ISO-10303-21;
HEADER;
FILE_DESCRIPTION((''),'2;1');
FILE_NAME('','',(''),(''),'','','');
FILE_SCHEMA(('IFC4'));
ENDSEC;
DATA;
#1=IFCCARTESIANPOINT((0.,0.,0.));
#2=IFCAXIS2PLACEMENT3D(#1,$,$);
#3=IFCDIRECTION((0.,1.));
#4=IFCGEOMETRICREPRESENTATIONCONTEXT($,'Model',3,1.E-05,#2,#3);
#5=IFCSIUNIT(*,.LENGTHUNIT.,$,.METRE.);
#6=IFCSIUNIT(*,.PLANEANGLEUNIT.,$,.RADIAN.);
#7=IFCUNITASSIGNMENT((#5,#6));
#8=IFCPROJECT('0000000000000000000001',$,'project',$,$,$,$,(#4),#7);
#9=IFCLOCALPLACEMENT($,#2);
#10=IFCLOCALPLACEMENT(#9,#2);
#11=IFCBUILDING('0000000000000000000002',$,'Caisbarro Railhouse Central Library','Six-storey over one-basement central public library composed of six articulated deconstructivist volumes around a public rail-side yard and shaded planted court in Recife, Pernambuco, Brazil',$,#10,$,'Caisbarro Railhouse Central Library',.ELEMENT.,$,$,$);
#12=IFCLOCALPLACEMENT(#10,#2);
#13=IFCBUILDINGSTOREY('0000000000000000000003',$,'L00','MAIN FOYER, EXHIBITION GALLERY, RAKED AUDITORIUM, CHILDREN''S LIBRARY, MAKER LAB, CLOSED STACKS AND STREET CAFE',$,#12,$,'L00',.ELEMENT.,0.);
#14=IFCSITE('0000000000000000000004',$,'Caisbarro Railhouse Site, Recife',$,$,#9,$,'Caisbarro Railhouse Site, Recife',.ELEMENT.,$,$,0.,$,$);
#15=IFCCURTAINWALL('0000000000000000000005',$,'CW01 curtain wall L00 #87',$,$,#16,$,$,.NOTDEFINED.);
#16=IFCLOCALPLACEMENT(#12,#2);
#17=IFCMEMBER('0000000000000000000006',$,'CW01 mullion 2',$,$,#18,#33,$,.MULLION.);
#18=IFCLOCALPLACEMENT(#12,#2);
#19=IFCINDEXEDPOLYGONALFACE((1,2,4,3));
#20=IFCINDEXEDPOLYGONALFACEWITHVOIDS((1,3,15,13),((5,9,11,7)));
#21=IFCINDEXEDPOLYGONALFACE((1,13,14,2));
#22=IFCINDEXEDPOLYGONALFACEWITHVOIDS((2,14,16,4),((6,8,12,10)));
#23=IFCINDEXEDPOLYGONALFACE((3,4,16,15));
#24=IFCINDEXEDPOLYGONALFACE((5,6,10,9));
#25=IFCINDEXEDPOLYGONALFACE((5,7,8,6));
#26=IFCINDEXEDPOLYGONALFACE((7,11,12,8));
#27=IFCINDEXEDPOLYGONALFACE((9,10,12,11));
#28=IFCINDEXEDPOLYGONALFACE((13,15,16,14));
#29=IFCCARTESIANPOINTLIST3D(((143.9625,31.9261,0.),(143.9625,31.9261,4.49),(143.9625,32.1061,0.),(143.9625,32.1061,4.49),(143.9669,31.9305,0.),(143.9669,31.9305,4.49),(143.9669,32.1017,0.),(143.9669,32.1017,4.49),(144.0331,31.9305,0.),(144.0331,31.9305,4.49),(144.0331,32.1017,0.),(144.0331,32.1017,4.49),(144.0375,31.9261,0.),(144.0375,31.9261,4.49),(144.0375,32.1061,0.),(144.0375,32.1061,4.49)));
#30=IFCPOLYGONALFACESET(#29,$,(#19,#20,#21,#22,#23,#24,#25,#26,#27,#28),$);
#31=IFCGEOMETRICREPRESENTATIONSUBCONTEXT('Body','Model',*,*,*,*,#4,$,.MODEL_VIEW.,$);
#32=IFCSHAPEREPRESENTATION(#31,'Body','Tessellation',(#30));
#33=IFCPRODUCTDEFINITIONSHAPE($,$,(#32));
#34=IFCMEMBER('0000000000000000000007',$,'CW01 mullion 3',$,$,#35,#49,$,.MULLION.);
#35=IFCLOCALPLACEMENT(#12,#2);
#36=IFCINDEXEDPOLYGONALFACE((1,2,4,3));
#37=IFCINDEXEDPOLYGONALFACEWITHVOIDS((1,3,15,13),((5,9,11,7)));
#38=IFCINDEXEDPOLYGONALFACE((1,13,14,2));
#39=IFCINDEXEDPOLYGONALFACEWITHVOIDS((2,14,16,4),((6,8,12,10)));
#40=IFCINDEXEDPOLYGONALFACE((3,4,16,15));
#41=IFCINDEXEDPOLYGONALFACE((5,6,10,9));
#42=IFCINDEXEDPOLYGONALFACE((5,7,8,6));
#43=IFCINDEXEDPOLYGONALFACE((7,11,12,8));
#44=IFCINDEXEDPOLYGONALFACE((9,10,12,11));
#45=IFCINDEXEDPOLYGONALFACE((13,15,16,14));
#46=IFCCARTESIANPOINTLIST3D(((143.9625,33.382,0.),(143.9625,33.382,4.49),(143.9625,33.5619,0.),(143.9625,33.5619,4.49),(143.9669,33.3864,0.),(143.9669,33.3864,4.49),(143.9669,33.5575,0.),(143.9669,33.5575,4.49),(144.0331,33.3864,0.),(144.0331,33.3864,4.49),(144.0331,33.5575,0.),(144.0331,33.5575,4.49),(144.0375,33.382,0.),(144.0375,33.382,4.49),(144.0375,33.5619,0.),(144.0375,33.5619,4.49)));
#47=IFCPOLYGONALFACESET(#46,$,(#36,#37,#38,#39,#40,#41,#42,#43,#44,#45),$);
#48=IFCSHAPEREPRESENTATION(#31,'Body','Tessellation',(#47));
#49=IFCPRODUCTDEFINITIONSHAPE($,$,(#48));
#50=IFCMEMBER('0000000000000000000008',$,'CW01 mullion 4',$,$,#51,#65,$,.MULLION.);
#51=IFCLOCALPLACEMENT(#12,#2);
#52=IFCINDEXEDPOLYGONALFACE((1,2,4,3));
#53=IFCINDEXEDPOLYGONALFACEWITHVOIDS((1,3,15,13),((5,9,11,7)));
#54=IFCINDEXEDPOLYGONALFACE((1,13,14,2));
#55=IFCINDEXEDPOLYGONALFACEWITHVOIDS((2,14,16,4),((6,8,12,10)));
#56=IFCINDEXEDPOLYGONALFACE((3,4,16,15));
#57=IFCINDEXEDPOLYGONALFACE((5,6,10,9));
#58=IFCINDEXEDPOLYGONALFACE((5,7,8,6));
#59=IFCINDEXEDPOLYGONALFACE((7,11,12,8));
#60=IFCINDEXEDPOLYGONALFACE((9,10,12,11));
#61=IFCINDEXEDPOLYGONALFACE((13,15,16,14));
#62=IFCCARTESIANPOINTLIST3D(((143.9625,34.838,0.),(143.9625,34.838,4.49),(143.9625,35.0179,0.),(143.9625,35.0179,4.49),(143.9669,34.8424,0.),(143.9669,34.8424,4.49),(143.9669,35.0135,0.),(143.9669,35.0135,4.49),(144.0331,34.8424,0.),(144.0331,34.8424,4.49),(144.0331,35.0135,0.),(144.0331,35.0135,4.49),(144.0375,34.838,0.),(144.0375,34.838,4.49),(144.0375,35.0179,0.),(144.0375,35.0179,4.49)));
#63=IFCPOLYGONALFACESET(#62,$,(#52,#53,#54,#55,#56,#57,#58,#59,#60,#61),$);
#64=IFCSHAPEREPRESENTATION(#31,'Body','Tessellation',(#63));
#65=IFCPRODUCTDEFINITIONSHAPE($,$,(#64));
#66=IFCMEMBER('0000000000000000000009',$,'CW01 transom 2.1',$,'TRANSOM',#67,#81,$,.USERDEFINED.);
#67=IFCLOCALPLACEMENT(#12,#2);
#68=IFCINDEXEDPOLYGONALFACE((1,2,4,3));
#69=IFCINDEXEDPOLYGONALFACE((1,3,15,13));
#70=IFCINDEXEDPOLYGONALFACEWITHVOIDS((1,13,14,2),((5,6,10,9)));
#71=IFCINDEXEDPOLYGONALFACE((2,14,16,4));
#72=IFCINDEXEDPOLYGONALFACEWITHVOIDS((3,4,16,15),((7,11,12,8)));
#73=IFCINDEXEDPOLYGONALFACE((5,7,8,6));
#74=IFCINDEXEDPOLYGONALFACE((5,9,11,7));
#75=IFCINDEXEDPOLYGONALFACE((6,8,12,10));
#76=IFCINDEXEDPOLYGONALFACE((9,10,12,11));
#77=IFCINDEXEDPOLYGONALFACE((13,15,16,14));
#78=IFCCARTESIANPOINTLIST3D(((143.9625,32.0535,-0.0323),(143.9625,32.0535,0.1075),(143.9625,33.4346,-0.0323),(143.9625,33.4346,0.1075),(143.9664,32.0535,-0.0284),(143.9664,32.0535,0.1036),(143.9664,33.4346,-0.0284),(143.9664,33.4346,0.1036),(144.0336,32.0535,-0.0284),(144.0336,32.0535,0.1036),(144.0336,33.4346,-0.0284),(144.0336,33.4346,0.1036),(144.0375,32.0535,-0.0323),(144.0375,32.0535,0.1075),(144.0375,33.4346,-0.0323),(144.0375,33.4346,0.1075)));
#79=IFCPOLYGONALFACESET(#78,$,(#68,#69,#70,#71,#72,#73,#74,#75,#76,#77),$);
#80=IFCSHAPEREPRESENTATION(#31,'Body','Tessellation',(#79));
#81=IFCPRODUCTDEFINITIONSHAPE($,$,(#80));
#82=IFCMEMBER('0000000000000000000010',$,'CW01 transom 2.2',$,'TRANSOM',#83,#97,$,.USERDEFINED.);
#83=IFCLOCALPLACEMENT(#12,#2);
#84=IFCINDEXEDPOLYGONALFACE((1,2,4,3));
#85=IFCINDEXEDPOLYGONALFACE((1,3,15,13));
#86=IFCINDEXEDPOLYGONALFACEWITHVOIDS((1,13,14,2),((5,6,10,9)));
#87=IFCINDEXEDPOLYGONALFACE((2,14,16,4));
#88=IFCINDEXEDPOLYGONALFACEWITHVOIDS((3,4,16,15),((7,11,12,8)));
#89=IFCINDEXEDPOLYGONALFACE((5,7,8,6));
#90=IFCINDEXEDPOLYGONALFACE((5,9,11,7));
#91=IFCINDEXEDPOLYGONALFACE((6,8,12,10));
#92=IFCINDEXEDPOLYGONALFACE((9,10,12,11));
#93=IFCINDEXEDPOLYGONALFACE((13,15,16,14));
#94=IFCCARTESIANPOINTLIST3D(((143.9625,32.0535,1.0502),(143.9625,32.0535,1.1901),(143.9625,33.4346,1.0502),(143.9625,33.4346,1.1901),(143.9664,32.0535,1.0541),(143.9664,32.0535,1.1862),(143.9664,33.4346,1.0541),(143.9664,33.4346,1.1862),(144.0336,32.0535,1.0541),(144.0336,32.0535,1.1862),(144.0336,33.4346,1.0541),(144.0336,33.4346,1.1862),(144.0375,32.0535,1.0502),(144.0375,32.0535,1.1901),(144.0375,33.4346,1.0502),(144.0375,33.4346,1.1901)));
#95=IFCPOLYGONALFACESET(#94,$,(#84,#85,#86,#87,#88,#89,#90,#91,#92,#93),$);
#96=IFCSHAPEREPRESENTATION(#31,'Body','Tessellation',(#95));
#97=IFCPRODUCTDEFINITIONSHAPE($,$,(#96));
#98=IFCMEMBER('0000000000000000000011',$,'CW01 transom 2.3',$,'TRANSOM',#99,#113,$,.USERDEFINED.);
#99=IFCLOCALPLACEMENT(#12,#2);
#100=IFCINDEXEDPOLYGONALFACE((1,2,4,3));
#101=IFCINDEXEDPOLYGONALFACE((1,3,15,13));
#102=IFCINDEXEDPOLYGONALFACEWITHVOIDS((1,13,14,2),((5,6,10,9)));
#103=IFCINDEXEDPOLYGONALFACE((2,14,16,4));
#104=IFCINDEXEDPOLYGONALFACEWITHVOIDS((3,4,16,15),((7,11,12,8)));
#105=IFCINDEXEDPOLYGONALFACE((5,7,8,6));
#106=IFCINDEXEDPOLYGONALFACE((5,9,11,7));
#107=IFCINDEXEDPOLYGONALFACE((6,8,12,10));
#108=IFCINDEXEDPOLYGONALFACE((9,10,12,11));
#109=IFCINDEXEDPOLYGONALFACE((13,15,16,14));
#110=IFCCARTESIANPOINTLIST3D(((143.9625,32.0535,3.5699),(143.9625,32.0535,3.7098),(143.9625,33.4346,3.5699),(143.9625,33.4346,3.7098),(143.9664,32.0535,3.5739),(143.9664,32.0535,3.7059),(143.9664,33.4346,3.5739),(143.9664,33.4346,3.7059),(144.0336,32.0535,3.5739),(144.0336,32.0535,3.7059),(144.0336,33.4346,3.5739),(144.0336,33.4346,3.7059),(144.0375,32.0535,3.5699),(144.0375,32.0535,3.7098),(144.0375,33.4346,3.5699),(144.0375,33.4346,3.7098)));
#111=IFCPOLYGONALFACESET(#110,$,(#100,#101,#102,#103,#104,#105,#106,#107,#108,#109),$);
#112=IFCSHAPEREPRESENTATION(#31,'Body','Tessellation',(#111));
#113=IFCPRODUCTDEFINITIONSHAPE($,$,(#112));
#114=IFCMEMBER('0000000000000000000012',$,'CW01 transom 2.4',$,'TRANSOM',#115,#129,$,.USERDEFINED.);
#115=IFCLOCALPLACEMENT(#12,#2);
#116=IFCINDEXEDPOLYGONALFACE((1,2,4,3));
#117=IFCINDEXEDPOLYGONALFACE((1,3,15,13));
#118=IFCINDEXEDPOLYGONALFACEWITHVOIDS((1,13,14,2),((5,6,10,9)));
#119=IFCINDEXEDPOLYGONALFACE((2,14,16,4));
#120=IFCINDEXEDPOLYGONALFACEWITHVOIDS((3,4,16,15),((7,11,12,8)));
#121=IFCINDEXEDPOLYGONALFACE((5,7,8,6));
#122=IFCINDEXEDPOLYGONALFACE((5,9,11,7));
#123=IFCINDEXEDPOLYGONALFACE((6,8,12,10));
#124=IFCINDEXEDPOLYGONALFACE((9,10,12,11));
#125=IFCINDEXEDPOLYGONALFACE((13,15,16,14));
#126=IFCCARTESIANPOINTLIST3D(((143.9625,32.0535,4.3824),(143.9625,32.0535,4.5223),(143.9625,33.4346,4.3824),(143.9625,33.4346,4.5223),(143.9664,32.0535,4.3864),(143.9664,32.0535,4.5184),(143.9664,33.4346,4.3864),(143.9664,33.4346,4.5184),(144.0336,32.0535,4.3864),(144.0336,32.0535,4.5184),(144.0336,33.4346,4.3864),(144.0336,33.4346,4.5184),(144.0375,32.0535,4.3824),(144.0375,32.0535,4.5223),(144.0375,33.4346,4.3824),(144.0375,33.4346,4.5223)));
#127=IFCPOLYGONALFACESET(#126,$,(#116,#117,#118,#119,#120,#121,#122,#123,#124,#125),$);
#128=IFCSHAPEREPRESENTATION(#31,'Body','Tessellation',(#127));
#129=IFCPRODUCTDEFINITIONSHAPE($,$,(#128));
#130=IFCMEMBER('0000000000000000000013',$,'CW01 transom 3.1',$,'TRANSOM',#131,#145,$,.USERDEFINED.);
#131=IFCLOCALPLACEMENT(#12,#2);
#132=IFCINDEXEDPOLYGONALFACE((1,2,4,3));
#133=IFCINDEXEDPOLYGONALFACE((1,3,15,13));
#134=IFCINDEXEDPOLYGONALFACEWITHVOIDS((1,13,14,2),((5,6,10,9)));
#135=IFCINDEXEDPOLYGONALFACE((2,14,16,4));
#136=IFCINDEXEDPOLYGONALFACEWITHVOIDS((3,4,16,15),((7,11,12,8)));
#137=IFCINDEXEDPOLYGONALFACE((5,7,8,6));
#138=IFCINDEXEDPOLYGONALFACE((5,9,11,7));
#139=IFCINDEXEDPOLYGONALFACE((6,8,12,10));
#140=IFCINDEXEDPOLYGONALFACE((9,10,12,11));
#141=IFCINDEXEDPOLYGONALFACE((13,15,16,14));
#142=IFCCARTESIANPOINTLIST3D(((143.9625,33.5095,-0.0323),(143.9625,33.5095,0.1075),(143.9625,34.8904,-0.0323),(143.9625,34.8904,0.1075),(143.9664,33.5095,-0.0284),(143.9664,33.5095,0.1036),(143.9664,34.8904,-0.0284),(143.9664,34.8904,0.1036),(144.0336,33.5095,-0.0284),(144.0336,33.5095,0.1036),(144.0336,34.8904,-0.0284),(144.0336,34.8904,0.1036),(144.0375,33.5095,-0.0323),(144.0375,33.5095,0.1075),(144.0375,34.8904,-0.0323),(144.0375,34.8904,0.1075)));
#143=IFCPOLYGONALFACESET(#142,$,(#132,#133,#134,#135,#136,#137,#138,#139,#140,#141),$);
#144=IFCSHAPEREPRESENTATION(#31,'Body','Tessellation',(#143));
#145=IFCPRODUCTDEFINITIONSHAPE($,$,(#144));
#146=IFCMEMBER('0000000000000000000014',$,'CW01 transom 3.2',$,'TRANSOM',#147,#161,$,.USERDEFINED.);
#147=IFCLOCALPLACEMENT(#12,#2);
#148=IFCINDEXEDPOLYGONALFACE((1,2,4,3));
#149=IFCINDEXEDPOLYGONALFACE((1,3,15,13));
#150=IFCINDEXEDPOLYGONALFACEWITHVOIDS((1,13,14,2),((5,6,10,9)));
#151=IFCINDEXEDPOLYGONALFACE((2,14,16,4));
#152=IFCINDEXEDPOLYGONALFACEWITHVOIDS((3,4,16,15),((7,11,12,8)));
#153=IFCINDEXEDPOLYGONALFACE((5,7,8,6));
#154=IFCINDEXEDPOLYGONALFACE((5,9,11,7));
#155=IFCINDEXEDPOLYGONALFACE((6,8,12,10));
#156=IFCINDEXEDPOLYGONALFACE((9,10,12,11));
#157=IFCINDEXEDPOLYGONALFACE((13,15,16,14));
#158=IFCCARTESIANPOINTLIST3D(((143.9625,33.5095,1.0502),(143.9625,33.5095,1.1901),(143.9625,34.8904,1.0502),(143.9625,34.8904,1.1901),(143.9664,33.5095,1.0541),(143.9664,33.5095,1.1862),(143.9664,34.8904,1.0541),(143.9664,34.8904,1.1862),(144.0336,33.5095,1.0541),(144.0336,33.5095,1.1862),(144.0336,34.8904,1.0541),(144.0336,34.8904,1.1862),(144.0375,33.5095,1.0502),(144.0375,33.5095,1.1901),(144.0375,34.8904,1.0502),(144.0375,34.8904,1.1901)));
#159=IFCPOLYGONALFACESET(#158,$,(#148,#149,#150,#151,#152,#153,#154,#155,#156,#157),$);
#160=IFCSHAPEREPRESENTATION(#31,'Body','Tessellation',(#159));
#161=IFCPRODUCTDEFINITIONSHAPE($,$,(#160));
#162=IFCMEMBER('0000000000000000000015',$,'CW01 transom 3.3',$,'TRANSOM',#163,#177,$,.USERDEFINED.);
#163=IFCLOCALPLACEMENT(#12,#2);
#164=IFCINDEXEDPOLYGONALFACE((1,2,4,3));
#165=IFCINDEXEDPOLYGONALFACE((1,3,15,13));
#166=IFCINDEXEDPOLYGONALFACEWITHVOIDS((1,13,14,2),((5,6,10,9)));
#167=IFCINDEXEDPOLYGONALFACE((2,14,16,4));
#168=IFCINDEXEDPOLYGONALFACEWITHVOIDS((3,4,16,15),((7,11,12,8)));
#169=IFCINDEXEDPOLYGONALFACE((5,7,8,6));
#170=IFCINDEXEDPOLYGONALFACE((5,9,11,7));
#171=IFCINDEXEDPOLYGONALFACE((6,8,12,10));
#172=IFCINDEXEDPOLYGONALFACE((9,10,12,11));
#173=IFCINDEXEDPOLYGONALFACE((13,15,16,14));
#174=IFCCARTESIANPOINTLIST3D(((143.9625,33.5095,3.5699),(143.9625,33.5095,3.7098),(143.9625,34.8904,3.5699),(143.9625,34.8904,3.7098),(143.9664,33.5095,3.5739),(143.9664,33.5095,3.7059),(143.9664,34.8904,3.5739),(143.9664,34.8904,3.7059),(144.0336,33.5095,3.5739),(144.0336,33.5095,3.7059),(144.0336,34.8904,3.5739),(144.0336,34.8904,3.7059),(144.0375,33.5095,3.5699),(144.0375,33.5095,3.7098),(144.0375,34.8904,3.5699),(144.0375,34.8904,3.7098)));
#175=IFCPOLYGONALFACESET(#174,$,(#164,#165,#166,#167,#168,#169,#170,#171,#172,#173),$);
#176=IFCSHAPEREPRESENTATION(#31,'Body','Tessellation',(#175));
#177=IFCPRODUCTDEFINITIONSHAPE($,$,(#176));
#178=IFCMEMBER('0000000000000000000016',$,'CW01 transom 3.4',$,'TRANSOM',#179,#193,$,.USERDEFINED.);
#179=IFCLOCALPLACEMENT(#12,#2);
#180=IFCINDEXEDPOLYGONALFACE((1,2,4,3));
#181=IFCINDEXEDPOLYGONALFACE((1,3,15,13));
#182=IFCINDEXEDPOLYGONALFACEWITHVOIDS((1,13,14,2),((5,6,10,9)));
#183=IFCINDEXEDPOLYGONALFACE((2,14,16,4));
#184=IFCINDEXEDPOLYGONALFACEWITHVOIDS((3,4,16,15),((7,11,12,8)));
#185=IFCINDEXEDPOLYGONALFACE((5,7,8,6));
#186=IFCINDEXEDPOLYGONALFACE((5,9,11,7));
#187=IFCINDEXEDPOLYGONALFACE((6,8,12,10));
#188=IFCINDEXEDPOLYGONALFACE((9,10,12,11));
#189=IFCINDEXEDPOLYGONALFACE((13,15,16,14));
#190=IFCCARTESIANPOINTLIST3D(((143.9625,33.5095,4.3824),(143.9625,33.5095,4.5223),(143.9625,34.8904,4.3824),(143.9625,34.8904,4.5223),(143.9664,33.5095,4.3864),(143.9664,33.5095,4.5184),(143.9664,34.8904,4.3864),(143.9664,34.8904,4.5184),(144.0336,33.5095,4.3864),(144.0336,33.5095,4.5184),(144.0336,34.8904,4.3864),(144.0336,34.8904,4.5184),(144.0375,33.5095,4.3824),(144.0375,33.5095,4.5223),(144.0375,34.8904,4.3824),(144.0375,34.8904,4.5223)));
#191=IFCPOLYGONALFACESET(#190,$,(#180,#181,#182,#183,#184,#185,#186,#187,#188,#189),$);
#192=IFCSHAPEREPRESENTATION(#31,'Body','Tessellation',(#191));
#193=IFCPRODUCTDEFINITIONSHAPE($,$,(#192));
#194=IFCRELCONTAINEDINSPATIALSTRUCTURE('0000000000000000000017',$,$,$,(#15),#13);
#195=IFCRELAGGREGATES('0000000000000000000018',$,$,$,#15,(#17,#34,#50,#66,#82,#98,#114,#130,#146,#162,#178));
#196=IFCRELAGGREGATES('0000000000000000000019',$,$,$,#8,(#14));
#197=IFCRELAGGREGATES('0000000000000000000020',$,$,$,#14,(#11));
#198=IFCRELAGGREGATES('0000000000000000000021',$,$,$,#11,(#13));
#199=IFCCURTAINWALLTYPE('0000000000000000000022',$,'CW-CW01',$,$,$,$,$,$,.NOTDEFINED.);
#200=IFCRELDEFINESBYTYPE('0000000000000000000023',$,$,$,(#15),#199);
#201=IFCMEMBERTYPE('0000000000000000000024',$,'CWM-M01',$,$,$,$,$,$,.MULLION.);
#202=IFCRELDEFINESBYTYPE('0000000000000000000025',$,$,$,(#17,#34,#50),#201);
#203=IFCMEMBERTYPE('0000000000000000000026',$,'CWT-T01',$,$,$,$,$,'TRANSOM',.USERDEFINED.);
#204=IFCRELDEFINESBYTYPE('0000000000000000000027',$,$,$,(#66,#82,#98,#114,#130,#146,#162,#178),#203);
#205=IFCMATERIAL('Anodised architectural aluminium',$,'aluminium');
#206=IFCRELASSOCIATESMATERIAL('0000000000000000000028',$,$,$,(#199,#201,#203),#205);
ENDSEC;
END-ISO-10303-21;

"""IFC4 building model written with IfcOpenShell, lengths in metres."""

from ifc_helpers import new_model, si_unit, direction, frame, origin, origin_2d, place, context, subcontext, project, spatial, hollow_rectangle, extrude, material, material_profile, profile_set, type_object, element, aggregate, save


model = new_model("IFC4")

# Units and contexts
model_context = context("Model", 3, precision=1e-05, world=origin(), true_north=direction((0.0, 1.0)))
body_context = subcontext(model_context, "Body", "Model", "MODEL_VIEW")
ifc_project = project(units=[si_unit("LENGTHUNIT", "METRE"), si_unit("PLANEANGLEUNIT", "RADIAN")], contexts=[model_context])

# Site, building, storey
site_placement = place(None, origin())
site = spatial("IfcSite", under=ifc_project, at=site_placement, Name="Caisbarro Railhouse Site, Recife", LongName="Caisbarro Railhouse Site, Recife", CompositionType="ELEMENT", RefElevation=0.0)
building_placement = place(site_placement, origin())
building = spatial("IfcBuilding", under=site, at=building_placement, Name="Caisbarro Railhouse Central Library", Description="Six-storey over one-basement central public library composed of six articulated deconstructivist volumes around a public rail-side yard and shaded planted court in Recife, Pernambuco, Brazil", LongName="Caisbarro Railhouse Central Library", CompositionType="ELEMENT")
storey_placement = place(building_placement, origin())
storey = spatial("IfcBuildingStorey", under=building, at=storey_placement, Name="L00", Description="MAIN FOYER, EXHIBITION GALLERY, RAKED AUDITORIUM, CHILDREN'S LIBRARY, MAKER LAB, CLOSED STACKS AND STREET CAFE", LongName="L00", CompositionType="ELEMENT", Elevation=0.0)

# Curtain wall, members
ifc_material_1 = material(Name="Anodised architectural aluminium", Category="aluminium")
curtain_wall_type = type_object("IfcCurtainWallType", Name="CW-CW01", PredefinedType="NOTDEFINED", material=ifc_material_1)
curtain_wall_placement = place(storey_placement, origin())
curtain_wall = element("IfcCurtainWall", 1, at=curtain_wall_placement, inside=storey, type_object=curtain_wall_type, Name="CW01 curtain wall L00 #87", PredefinedType="NOTDEFINED")
ifc_material_profile_1 = material_profile(ifc_material_1, hollow_rectangle(XDim=0.075, YDim=0.1799, WallThickness=0.0044, at=origin_2d()), Name="ALU-MUL-75X180")
ifc_profile_set_1 = profile_set([ifc_material_profile_1], Name="Anodised architectural aluminium")
member_type_1 = type_object("IfcMemberType", Name="CWM-M01", PredefinedType="MULLION", material=ifc_profile_set_1)
member_1_placement = place(storey_placement, frame((144.0, 32.0161, 0.0), z_axis=(0.0, 0.0, 1.0), x_axis=(-1.0, 0.0, 0.0)))
member_1 = element("IfcMember", 2, at=member_1_placement, type_object=member_type_1, Name="CW01 mullion 2", PredefinedType="MULLION", context=body_context, shape_type="SweptSolid", body=[
    extrude(hollow_rectangle(XDim=0.075, YDim=0.1799, WallThickness=0.0044, at=origin_2d()), origin(), (0.0, 0.0, 1.0), 4.49),
])
member_2_placement = place(storey_placement, frame((144.0, 33.4719, 0.0), z_axis=(0.0, 0.0, 1.0), x_axis=(-1.0, 0.0, 0.0)))
member_2 = element("IfcMember", 3, at=member_2_placement, type_object=member_type_1, Name="CW01 mullion 3", PredefinedType="MULLION", context=body_context, shape_type="SweptSolid", body=[
    extrude(hollow_rectangle(XDim=0.075, YDim=0.1799, WallThickness=0.0044, at=origin_2d()), origin(), (0.0, 0.0, 1.0), 4.49),
])
member_3_placement = place(storey_placement, frame((144.0, 34.928, 0.0), z_axis=(0.0, 0.0, 1.0), x_axis=(-1.0, 0.0, 0.0)))
member_3 = element("IfcMember", 4, at=member_3_placement, type_object=member_type_1, Name="CW01 mullion 4", PredefinedType="MULLION", context=body_context, shape_type="SweptSolid", body=[
    extrude(hollow_rectangle(XDim=0.075, YDim=0.1799, WallThickness=0.0044, at=origin_2d()), origin(), (0.0, 0.0, 1.0), 4.49),
])
ifc_material_profile_2 = material_profile(ifc_material_1, hollow_rectangle(XDim=0.075, YDim=0.1399, WallThickness=0.0039, at=origin_2d()), Name="ALU-TRN-75X140")
ifc_profile_set_2 = profile_set([ifc_material_profile_2], Name="Anodised architectural aluminium")
member_type_2 = type_object("IfcMemberType", Name="CWT-T01", ElementType="TRANSOM", PredefinedType="USERDEFINED", material=ifc_profile_set_2)
member_4_placement = place(storey_placement, frame((144.0, 32.0535, 0.0376), z_axis=(0.0, 1.0, 0.0), x_axis=(-1.0, 0.0, 0.0)))
member_4 = element("IfcMember", 5, at=member_4_placement, type_object=member_type_2, Name="CW01 transom 2.1", ObjectType="TRANSOM", PredefinedType="USERDEFINED", context=body_context, shape_type="SweptSolid", body=[
    extrude(hollow_rectangle(XDim=0.075, YDim=0.1399, WallThickness=0.0039, at=origin_2d()), origin(), (0.0, 0.0, 1.0), 1.3811),
])
member_5_placement = place(storey_placement, frame((144.0, 32.0535, 1.1201), z_axis=(0.0, 1.0, 0.0), x_axis=(-1.0, 0.0, 0.0)))
member_5 = element("IfcMember", 6, at=member_5_placement, type_object=member_type_2, Name="CW01 transom 2.2", ObjectType="TRANSOM", PredefinedType="USERDEFINED", context=body_context, shape_type="SweptSolid", body=[
    extrude(hollow_rectangle(XDim=0.075, YDim=0.1399, WallThickness=0.0039, at=origin_2d()), origin(), (0.0, 0.0, 1.0), 1.3811),
])
member_6_placement = place(storey_placement, frame((144.0, 32.0535, 3.6399), z_axis=(0.0, 1.0, 0.0), x_axis=(-1.0, 0.0, 0.0)))
member_6 = element("IfcMember", 7, at=member_6_placement, type_object=member_type_2, Name="CW01 transom 2.3", ObjectType="TRANSOM", PredefinedType="USERDEFINED", context=body_context, shape_type="SweptSolid", body=[
    extrude(hollow_rectangle(XDim=0.075, YDim=0.1399, WallThickness=0.0039, at=origin_2d()), origin(), (0.0, 0.0, 1.0), 1.3811),
])
member_7_placement = place(storey_placement, frame((144.0, 32.0535, 4.4524), z_axis=(0.0, 1.0, 0.0), x_axis=(-1.0, 0.0, 0.0)))
member_7 = element("IfcMember", 8, at=member_7_placement, type_object=member_type_2, Name="CW01 transom 2.4", ObjectType="TRANSOM", PredefinedType="USERDEFINED", context=body_context, shape_type="SweptSolid", body=[
    extrude(hollow_rectangle(XDim=0.075, YDim=0.1399, WallThickness=0.0039, at=origin_2d()), origin(), (0.0, 0.0, 1.0), 1.3811),
])
member_8_placement = place(storey_placement, frame((144.0, 33.5095, 0.0376), z_axis=(0.0, 1.0, 0.0), x_axis=(-1.0, 0.0, 0.0)))
member_8 = element("IfcMember", 9, at=member_8_placement, type_object=member_type_2, Name="CW01 transom 3.1", ObjectType="TRANSOM", PredefinedType="USERDEFINED", context=body_context, shape_type="SweptSolid", body=[
    extrude(hollow_rectangle(XDim=0.075, YDim=0.1399, WallThickness=0.0039, at=origin_2d()), origin(), (0.0, 0.0, 1.0), 1.3809),
])
member_9_placement = place(storey_placement, frame((144.0, 33.5095, 1.1201), z_axis=(0.0, 1.0, 0.0), x_axis=(-1.0, 0.0, 0.0)))
member_9 = element("IfcMember", 10, at=member_9_placement, type_object=member_type_2, Name="CW01 transom 3.2", ObjectType="TRANSOM", PredefinedType="USERDEFINED", context=body_context, shape_type="SweptSolid", body=[
    extrude(hollow_rectangle(XDim=0.075, YDim=0.1399, WallThickness=0.0039, at=origin_2d()), origin(), (0.0, 0.0, 1.0), 1.3809),
])
member_10_placement = place(storey_placement, frame((144.0, 33.5095, 3.6399), z_axis=(0.0, 1.0, 0.0), x_axis=(-1.0, 0.0, 0.0)))
member_10 = element("IfcMember", 11, at=member_10_placement, type_object=member_type_2, Name="CW01 transom 3.3", ObjectType="TRANSOM", PredefinedType="USERDEFINED", context=body_context, shape_type="SweptSolid", body=[
    extrude(hollow_rectangle(XDim=0.075, YDim=0.1399, WallThickness=0.0039, at=origin_2d()), origin(), (0.0, 0.0, 1.0), 1.3809),
])
member_11_placement = place(storey_placement, frame((144.0, 33.5095, 4.4524), z_axis=(0.0, 1.0, 0.0), x_axis=(-1.0, 0.0, 0.0)))
member_11 = element("IfcMember", 12, at=member_11_placement, type_object=member_type_2, Name="CW01 transom 3.4", ObjectType="TRANSOM", PredefinedType="USERDEFINED", context=body_context, shape_type="SweptSolid", body=[
    extrude(hollow_rectangle(XDim=0.075, YDim=0.1399, WallThickness=0.0039, at=origin_2d()), origin(), (0.0, 0.0, 1.0), 1.3809),
])
aggregate(curtain_wall, [member_1, member_2, member_3, member_4, member_5, member_6, member_7, member_8, member_9, member_10, member_11])

save(model, "model.ifc")
